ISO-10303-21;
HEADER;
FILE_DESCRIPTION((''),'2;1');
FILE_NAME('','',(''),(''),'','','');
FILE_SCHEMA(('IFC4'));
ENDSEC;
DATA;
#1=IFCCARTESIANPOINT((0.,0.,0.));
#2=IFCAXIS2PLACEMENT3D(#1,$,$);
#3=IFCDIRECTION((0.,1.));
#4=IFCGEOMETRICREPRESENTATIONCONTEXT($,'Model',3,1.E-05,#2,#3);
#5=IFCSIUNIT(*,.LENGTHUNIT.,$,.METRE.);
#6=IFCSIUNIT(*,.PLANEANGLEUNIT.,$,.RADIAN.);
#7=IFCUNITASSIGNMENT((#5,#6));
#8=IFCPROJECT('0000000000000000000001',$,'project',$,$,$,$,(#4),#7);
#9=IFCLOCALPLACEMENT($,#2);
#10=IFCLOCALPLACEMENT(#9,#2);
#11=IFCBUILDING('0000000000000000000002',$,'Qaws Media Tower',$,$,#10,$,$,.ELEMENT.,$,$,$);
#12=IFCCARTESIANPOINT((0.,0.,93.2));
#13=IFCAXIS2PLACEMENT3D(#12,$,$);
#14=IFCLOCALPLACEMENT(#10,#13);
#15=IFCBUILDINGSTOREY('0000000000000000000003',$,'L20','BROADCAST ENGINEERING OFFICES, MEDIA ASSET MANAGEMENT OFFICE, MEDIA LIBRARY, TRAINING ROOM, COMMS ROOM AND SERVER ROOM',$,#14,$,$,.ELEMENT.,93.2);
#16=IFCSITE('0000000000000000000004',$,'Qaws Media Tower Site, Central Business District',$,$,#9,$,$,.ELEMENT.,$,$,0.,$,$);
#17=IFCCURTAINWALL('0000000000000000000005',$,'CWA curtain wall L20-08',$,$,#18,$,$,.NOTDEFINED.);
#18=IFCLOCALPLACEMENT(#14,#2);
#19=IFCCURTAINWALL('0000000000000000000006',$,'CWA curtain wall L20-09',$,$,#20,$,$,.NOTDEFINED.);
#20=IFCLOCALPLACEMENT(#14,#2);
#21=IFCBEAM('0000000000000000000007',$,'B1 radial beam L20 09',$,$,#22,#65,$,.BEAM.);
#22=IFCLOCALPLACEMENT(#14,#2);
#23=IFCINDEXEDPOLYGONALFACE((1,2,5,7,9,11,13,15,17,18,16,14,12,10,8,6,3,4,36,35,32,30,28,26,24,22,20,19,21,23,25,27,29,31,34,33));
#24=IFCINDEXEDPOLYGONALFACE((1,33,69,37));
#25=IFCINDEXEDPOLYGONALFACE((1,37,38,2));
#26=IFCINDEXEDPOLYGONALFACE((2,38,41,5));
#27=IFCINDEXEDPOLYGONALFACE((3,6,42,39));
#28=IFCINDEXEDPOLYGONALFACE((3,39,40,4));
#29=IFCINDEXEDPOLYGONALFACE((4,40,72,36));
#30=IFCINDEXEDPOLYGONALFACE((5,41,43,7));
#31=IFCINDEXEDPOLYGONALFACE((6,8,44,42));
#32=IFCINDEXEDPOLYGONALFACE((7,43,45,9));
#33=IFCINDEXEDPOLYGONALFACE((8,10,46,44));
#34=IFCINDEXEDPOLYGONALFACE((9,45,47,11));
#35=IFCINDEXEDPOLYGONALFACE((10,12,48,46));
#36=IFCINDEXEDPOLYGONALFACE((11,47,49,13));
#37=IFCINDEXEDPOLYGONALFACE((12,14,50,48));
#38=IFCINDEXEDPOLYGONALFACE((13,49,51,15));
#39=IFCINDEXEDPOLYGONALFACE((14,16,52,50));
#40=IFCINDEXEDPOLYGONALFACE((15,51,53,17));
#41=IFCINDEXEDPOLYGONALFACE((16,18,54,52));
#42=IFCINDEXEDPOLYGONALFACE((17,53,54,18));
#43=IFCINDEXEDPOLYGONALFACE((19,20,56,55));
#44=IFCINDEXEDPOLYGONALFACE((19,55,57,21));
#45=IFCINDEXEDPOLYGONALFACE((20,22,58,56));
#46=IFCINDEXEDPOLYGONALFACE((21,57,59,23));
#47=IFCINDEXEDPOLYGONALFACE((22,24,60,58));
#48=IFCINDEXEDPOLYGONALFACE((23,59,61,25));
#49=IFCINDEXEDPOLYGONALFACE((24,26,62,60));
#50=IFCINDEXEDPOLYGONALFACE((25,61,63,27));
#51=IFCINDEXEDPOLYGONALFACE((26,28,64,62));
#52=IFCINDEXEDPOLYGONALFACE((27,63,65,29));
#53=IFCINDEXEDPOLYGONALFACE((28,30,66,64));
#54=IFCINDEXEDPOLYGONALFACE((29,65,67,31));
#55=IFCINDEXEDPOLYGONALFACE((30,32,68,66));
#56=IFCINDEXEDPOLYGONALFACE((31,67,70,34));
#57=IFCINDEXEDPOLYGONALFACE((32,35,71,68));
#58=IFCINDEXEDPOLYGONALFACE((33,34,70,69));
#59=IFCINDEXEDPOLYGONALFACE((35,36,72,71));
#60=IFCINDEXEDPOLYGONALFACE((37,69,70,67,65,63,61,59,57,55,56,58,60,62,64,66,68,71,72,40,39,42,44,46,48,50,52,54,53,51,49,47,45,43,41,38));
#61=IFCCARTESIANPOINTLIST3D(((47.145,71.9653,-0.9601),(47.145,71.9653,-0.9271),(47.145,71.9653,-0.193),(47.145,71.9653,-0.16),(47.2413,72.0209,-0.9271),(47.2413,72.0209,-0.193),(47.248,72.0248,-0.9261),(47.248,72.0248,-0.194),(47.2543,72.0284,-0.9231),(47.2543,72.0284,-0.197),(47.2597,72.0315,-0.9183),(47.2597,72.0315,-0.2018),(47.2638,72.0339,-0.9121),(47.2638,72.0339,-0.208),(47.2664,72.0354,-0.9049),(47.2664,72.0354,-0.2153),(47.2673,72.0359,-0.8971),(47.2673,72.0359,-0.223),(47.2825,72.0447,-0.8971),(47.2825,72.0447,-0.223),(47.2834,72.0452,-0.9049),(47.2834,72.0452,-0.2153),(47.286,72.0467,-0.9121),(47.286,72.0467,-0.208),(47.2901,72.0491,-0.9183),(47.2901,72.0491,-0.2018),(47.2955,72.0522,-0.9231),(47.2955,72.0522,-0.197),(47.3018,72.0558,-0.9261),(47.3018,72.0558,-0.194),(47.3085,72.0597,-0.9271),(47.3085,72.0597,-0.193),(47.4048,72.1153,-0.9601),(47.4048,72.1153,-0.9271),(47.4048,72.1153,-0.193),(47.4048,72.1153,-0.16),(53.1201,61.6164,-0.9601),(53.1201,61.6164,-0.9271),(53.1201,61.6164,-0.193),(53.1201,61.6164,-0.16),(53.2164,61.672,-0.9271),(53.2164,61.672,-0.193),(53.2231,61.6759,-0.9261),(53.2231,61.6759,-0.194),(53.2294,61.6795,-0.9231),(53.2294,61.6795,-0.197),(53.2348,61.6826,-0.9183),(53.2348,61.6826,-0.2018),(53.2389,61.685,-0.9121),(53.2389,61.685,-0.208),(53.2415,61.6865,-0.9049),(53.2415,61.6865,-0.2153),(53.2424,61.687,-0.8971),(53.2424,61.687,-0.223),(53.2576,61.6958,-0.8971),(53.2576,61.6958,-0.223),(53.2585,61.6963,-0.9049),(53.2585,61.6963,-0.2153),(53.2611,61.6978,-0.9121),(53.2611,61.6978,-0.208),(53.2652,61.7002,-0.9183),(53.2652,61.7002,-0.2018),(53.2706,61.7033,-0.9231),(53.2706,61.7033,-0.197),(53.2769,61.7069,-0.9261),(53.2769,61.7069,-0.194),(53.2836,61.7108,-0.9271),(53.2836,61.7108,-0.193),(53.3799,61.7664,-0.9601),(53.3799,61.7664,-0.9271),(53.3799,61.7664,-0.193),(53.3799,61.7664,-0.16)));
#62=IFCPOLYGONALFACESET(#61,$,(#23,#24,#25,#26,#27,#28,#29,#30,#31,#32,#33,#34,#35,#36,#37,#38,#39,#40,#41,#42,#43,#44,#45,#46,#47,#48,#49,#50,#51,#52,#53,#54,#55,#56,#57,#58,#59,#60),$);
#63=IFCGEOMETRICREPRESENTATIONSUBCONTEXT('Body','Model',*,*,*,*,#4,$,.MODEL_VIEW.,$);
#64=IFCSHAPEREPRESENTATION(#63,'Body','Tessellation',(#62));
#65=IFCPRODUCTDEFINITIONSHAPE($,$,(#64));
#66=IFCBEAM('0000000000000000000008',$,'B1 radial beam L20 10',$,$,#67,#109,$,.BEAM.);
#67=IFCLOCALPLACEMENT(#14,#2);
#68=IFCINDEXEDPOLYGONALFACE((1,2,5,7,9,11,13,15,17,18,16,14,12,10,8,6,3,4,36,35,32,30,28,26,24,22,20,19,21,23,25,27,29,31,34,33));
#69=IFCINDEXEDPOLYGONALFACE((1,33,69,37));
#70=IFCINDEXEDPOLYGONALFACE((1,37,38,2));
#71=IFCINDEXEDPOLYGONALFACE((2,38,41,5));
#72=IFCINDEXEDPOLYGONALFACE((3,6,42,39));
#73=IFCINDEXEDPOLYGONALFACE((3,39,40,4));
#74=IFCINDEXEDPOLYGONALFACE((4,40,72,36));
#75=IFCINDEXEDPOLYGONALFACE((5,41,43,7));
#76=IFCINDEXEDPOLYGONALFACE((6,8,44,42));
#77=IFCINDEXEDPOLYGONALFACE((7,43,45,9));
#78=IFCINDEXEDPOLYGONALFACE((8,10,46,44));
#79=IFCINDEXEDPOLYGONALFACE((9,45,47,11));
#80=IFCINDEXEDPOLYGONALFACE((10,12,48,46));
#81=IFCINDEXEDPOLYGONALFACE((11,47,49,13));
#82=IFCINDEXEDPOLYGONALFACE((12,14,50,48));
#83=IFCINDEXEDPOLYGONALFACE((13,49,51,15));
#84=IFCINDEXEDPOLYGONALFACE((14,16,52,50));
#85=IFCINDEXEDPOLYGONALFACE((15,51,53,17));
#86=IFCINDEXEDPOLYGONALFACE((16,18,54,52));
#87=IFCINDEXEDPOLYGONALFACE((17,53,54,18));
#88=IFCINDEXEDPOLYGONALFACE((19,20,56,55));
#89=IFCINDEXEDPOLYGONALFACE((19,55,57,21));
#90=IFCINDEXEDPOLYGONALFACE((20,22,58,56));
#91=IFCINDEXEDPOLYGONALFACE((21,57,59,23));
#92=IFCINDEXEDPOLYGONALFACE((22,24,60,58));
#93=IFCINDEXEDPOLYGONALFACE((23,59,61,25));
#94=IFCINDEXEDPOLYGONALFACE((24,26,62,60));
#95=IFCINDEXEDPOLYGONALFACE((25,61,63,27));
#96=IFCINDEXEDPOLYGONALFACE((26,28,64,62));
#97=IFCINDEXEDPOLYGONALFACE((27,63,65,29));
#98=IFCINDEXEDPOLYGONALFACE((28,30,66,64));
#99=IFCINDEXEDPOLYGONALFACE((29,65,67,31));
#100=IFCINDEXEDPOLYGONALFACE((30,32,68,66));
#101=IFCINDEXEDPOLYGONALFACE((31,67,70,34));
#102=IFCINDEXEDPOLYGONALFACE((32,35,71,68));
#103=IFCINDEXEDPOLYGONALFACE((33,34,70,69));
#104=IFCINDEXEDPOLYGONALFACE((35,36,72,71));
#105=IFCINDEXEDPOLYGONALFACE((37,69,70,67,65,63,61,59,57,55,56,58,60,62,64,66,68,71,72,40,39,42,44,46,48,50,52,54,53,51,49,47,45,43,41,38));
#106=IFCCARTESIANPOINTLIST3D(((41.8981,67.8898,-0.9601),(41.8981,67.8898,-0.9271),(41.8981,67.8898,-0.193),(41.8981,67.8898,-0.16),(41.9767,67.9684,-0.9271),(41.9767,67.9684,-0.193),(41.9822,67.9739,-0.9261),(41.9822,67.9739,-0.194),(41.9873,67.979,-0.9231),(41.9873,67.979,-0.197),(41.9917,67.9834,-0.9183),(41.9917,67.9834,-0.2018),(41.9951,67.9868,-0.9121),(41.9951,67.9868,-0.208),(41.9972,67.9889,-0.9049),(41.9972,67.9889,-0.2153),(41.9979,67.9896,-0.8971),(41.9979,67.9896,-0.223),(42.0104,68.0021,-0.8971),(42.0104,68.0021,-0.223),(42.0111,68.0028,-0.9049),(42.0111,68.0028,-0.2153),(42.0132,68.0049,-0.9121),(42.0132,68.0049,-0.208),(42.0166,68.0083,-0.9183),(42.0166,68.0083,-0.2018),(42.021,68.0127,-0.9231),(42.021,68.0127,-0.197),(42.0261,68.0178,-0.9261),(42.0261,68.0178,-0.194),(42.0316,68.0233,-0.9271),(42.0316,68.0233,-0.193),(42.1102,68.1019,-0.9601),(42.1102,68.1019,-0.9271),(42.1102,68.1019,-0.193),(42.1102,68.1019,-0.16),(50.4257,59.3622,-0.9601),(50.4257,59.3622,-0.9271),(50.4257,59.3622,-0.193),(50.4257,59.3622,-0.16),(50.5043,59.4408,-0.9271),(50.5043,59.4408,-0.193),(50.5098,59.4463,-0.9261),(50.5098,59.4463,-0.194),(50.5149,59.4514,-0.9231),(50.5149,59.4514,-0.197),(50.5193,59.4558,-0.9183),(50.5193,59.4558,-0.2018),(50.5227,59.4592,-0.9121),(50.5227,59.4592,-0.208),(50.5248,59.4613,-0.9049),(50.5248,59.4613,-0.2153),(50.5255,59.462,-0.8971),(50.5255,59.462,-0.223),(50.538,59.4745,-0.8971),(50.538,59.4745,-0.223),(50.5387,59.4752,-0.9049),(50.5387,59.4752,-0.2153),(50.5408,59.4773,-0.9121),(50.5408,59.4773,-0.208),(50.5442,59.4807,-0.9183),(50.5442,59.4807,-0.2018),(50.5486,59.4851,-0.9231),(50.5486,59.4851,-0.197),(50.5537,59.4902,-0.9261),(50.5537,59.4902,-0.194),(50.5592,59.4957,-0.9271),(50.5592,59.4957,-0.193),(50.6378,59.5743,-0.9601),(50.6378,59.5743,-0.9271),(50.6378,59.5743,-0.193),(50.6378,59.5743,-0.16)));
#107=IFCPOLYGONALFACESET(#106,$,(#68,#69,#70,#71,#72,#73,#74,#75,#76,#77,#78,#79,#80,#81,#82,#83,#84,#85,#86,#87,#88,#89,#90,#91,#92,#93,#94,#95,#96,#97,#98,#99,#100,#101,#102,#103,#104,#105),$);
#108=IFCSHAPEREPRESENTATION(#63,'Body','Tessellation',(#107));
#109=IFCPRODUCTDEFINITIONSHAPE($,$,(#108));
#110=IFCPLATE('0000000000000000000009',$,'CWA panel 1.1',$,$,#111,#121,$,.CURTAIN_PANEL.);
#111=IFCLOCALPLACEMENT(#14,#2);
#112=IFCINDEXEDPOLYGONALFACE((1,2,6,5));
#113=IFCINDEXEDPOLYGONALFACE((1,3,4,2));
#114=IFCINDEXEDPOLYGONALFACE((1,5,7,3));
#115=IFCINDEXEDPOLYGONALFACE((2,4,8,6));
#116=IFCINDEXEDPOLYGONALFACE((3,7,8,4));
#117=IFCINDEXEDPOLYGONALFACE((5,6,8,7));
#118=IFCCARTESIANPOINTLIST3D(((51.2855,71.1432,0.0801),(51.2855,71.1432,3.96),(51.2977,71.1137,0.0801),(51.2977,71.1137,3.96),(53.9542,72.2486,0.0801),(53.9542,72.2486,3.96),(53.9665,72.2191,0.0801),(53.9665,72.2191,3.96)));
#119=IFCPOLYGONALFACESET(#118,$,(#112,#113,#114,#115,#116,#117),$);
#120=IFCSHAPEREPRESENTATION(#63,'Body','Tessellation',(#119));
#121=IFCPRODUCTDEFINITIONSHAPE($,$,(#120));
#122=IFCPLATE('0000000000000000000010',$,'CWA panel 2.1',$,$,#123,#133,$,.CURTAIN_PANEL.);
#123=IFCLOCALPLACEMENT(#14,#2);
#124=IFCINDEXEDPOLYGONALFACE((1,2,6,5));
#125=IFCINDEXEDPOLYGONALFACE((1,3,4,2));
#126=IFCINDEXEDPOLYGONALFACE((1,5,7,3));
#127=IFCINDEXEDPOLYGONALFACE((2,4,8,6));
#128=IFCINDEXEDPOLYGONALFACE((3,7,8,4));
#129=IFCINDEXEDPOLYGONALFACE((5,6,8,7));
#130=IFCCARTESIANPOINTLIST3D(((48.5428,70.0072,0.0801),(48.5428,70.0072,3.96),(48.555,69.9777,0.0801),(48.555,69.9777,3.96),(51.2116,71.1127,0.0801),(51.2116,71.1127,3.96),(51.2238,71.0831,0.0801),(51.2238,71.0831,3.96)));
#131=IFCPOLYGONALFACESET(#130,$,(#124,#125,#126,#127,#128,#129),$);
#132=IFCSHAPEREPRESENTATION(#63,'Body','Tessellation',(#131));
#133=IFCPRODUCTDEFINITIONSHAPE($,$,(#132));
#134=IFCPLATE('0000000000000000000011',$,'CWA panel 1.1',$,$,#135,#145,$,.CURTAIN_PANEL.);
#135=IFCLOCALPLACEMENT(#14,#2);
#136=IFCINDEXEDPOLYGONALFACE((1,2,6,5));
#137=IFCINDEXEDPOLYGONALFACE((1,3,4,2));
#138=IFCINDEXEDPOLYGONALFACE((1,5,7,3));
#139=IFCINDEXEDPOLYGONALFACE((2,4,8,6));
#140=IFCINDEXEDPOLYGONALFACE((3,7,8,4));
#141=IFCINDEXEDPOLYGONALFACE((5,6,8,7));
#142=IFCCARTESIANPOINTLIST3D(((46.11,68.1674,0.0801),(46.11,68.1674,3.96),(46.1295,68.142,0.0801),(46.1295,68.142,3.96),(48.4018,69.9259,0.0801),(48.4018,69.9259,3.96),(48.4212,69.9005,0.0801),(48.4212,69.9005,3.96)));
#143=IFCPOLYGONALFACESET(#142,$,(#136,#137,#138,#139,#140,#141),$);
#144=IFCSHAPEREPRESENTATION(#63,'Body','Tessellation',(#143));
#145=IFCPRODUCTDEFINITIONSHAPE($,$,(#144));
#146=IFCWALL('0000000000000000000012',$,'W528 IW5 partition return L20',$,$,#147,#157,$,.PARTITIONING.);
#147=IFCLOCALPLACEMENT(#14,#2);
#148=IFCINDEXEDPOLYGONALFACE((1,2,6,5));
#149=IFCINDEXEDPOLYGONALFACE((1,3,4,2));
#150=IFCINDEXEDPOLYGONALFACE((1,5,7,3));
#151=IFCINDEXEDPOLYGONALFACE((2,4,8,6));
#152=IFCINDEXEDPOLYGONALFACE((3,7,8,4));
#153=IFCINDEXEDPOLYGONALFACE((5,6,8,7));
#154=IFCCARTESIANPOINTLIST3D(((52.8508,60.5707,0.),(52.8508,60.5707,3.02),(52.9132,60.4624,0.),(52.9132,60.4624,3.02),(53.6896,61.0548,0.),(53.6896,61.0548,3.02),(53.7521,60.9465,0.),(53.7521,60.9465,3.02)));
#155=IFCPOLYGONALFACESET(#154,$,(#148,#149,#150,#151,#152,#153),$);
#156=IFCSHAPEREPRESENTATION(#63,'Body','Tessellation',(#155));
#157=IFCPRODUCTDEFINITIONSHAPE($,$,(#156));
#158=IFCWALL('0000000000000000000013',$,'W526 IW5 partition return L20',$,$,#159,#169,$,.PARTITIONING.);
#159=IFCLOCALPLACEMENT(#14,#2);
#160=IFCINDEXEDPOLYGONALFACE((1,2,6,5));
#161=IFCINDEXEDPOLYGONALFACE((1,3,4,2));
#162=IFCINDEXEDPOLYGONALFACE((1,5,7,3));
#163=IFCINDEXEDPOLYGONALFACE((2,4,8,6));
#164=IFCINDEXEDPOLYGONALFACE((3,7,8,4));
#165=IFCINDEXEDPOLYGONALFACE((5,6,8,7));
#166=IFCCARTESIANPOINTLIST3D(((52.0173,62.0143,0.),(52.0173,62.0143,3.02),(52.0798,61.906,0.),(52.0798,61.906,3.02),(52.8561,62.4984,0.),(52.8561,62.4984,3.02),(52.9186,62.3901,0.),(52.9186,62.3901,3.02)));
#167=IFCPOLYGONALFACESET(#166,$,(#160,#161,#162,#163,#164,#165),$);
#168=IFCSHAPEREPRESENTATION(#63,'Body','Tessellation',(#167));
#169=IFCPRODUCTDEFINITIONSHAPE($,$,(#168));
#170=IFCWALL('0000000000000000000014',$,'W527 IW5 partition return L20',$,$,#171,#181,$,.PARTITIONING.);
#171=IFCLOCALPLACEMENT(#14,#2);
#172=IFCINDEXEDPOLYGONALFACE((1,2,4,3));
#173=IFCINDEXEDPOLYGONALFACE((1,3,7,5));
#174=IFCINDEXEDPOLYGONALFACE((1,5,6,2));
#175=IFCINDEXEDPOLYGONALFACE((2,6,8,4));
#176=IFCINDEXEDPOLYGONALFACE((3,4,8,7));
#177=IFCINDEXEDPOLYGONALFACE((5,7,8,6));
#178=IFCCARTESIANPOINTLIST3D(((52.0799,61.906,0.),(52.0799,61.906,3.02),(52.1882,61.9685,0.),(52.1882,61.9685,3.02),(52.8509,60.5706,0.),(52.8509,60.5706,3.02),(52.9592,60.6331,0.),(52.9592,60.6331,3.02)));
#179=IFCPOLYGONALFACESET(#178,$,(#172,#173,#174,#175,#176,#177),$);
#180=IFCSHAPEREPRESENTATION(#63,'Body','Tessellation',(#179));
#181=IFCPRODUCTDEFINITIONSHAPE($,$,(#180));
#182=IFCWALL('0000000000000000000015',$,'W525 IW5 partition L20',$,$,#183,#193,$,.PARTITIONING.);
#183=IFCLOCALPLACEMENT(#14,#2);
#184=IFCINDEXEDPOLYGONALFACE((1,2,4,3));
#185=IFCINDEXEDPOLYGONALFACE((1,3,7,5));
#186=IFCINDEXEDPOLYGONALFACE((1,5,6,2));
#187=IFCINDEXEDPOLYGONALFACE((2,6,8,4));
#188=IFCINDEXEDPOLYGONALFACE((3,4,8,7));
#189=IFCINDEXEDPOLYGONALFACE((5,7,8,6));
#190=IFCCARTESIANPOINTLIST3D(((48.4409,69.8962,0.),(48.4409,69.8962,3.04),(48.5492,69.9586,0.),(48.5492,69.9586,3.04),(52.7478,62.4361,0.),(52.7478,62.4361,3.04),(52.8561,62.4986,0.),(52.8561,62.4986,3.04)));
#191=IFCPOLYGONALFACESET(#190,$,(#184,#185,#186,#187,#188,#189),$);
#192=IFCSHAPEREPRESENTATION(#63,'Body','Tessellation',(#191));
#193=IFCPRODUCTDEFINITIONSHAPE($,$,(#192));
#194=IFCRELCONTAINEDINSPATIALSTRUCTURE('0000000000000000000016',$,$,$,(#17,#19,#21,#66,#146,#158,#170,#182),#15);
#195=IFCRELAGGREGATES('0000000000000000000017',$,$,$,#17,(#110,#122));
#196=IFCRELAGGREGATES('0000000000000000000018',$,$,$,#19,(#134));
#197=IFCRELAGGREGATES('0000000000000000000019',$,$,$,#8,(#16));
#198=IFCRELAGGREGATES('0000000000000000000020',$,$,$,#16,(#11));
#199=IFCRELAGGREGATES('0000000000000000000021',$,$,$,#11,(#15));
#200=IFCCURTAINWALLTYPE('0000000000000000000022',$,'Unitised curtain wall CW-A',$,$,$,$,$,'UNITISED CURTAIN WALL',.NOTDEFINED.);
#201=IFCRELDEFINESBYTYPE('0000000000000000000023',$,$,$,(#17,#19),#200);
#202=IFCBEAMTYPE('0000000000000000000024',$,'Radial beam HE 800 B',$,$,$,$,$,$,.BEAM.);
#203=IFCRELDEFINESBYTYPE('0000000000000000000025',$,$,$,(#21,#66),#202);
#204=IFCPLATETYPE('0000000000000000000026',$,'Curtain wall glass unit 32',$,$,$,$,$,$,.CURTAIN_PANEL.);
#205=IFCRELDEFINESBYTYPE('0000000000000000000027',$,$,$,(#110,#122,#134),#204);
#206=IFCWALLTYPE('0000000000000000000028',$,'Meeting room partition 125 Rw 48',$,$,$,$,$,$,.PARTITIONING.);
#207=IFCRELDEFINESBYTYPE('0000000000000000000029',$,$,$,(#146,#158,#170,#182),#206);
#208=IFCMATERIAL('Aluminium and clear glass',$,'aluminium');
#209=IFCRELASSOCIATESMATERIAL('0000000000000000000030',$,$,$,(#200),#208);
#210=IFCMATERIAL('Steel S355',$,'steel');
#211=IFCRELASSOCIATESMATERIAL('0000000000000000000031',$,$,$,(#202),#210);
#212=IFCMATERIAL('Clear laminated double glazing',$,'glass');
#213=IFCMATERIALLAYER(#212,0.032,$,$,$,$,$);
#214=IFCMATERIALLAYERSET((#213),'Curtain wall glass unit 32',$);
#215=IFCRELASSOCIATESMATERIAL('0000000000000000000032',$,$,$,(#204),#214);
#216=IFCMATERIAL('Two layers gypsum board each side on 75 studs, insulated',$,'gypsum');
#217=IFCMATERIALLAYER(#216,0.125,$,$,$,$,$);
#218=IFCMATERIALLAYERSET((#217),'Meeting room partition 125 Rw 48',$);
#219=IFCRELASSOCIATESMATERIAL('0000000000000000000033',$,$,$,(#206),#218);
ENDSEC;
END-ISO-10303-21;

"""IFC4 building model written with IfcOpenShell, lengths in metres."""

from ifc_helpers import new_model, si_unit, direction, frame, frame_2d, origin, origin_2d, place, context, subcontext, project, spatial, rectangle, i_section, extrude, material, layer, layer_set, material_profile, profile_set, type_object, element, aggregate, save


model = new_model("IFC4")

# Units and contexts
model_context = context("Model", 3, precision=1e-05, world=origin(), true_north=direction((0.0, 1.0)))
body_context = subcontext(model_context, "Body", "Model", "MODEL_VIEW")
ifc_project = project(units=[si_unit("LENGTHUNIT", "METRE"), si_unit("PLANEANGLEUNIT", "RADIAN")], contexts=[model_context])

# Site, building, storey
site_placement = place(None, origin())
site = spatial("IfcSite", under=ifc_project, at=site_placement, Name="Qaws Media Tower Site, Central Business District", CompositionType="ELEMENT", RefElevation=0.0)
building_placement = place(site_placement, origin())
building = spatial("IfcBuilding", under=site, at=building_placement, Name="Qaws Media Tower", CompositionType="ELEMENT")
storey_placement = place(building_placement, frame((0.0, 0.0, 93.2)))
storey = spatial("IfcBuildingStorey", under=building, at=storey_placement, Name="L20", Description="BROADCAST ENGINEERING OFFICES, MEDIA ASSET MANAGEMENT OFFICE, MEDIA LIBRARY, TRAINING ROOM, COMMS ROOM AND SERVER ROOM", CompositionType="ELEMENT", Elevation=93.2)

# Curtain walls
ifc_material_1 = material(Name="Aluminium and clear glass", Category="aluminium")
curtain_wall_type = type_object("IfcCurtainWallType", Name="Unitised curtain wall CW-A", ElementType="UNITISED CURTAIN WALL", PredefinedType="NOTDEFINED", material=ifc_material_1)
curtain_wall_1_placement = place(storey_placement, origin())
curtain_wall_1 = element("IfcCurtainWall", 1, at=curtain_wall_1_placement, inside=storey, type_object=curtain_wall_type, Name="CWA curtain wall L20-08", PredefinedType="NOTDEFINED")
curtain_wall_2_placement = place(storey_placement, origin())
curtain_wall_2 = element("IfcCurtainWall", 2, at=curtain_wall_2_placement, inside=storey, type_object=curtain_wall_type, Name="CWA curtain wall L20-09", PredefinedType="NOTDEFINED")

# Beams
ifc_material_2 = material(Name="Steel S355", Category="steel")
ifc_material_profile_1 = material_profile(ifc_material_2, i_section(OverallWidth=0.3, OverallDepth=0.8, WebThickness=0.0176, FlangeThickness=0.033, FilletRadius=0.03, at=origin_2d()), Name="HE 800 B")
ifc_profile_set_1 = profile_set([ifc_material_profile_1], Name="Steel S355")
beam_type_1 = type_object("IfcBeamType", Name="Radial beam HE 800 B", PredefinedType="BEAM", material=ifc_profile_set_1)
beam_1_placement = place(storey_placement, frame((53.25, 61.6914, -0.5601), z_axis=(-0.500011, 0.866019, 0.0), x_axis=(-0.866019, -0.500011, 0.0)))
element("IfcBeam", 3, at=beam_1_placement, inside=storey, type_object=beam_type_1, Name="B1 radial beam L20 09", PredefinedType="BEAM", context=body_context, shape_type="SweptSolid", body=[
    extrude(i_section(OverallWidth=0.3, OverallDepth=0.8, WebThickness=0.0176, FlangeThickness=0.033, FilletRadius=0.03, at=origin_2d()), origin(), (0.0, 0.0, 1.0), 11.95),
])
beam_2_placement = place(storey_placement, frame((50.5317, 59.4683, -0.5601), z_axis=(-0.707107, 0.707107, 0.0), x_axis=(-0.707107, -0.707107, 0.0)))
element("IfcBeam", 4, at=beam_2_placement, inside=storey, type_object=beam_type_1, Name="B1 radial beam L20 10", PredefinedType="BEAM", context=body_context, shape_type="SweptSolid", body=[
    extrude(i_section(OverallWidth=0.3, OverallDepth=0.8, WebThickness=0.0176, FlangeThickness=0.033, FilletRadius=0.03, at=origin_2d()), origin(), (0.0, 0.0, 1.0), 12.0598),
])

# Plates
ifc_material_3 = material(Name="Clear laminated double glazing", Category="glass")
ifc_layer_1 = layer(ifc_material_3, 0.032)
ifc_layer_set_1 = layer_set([ifc_layer_1], Name="Curtain wall glass unit 32")
plate_type = type_object("IfcPlateType", Name="Curtain wall glass unit 32", PredefinedType="CURTAIN_PANEL", material=ifc_layer_set_1)
plate_1_placement = place(storey_placement, frame((52.626, 71.6812, 0.0801), z_axis=(0.0, 0.0, 1.0), x_axis=(-0.92388, -0.382683, 0.0)))
plate_1 = element("IfcPlate", 5, at=plate_1_placement, type_object=plate_type, Name="CWA panel 1.1", PredefinedType="CURTAIN_PANEL", context=body_context, shape_type="SweptSolid", body=[
    extrude(rectangle(XDim=2.8887, YDim=0.032, at=origin_2d()), origin(), (0.0, 0.0, 1.0), 3.8799),
])
plate_2_placement = place(storey_placement, frame((49.8833, 70.5452, 0.0801), z_axis=(0.0, 0.0, 1.0), x_axis=(-0.92388, -0.382683, 0.0)))
plate_2 = element("IfcPlate", 6, at=plate_2_placement, type_object=plate_type, Name="CWA panel 2.1", PredefinedType="CURTAIN_PANEL", context=body_context, shape_type="SweptSolid", body=[
    extrude(rectangle(XDim=2.8887, YDim=0.032, at=origin_2d()), origin(), (0.0, 0.0, 1.0), 3.8799),
])
aggregate(curtain_wall_1, [plate_1, plate_2])
plate_3_placement = place(storey_placement, frame((47.2656, 69.0339, 0.0801), z_axis=(0.0, 0.0, 1.0), x_axis=(-0.793353, -0.608762, 0.0)))
plate_3 = element("IfcPlate", 7, at=plate_3_placement, type_object=plate_type, Name="CWA panel 1.1", PredefinedType="CURTAIN_PANEL", context=body_context, shape_type="SweptSolid", body=[
    extrude(rectangle(XDim=2.8887, YDim=0.032, at=origin_2d()), origin(), (0.0, 0.0, 1.0), 3.8799),
])
aggregate(curtain_wall_2, [plate_3])

# Walls
ifc_material_4 = material(Name="Two layers gypsum board each side on 75 studs, insulated", Category="gypsum")
ifc_layer_2 = layer(ifc_material_4, 0.125)
ifc_layer_set_2 = layer_set([ifc_layer_2], Name="Meeting room partition 125 Rw 48")
wall_type_1 = type_object("IfcWallType", Name="Meeting room partition 125 Rw 48", PredefinedType="PARTITIONING", material=ifc_layer_set_2)
for number, where, z_axis, x_axis, name in (
    (8, (53.7209, 61.0007, 0.0), (0.0, 0.0, 1.0), (-0.86611, -0.499853, 0.0), "W528 IW5 partition return L20"),
    (9, (52.8875, 62.4443, 0.0), (0.0, 0.0, 1.0), (-0.86611, -0.499853, 0.0), "W526 IW5 partition return L20"),
):
    element("IfcWall", number, at=place(storey_placement, frame(where, z_axis=z_axis, x_axis=x_axis)), inside=storey, type_object=wall_type_1, Name=name, PredefinedType="PARTITIONING", context=body_context, shape_type="SweptSolid", body=[
        extrude(rectangle(XDim=0.9685, YDim=0.125, at=frame_2d((0.4844, 0.0))), origin(), (0.0, 0.0, 1.0), 3.02),
    ])
wall_1_placement = place(storey_placement, frame((52.905, 60.6018, 0.0), z_axis=(0.0, 0.0, 1.0), x_axis=(-0.499987, 0.866033, 0.0)))
element("IfcWall", 10, at=wall_1_placement, inside=storey, type_object=wall_type_1, Name="W527 IW5 partition return L20", PredefinedType="PARTITIONING", context=body_context, shape_type="SweptSolid", body=[
    extrude(rectangle(XDim=1.542, YDim=0.125, at=frame_2d((0.771, 0.0))), origin(), (0.0, 0.0, 1.0), 3.02),
])
wall_2_placement = place(storey_placement, frame((52.802, 62.4673, 0.0), z_axis=(0.0, 0.0, 1.0), x_axis=(-0.499989, 0.866032, 0.0)))
element("IfcWall", 11, at=wall_2_placement, inside=storey, type_object=wall_type_1, Name="W525 IW5 partition L20", PredefinedType="PARTITIONING", context=body_context, shape_type="SweptSolid", body=[
    extrude(rectangle(XDim=8.614, YDim=0.125, at=frame_2d((4.3071, 0.0))), origin(), (0.0, 0.0, 1.0), 3.04),
])

save(model, "model.ifc")
